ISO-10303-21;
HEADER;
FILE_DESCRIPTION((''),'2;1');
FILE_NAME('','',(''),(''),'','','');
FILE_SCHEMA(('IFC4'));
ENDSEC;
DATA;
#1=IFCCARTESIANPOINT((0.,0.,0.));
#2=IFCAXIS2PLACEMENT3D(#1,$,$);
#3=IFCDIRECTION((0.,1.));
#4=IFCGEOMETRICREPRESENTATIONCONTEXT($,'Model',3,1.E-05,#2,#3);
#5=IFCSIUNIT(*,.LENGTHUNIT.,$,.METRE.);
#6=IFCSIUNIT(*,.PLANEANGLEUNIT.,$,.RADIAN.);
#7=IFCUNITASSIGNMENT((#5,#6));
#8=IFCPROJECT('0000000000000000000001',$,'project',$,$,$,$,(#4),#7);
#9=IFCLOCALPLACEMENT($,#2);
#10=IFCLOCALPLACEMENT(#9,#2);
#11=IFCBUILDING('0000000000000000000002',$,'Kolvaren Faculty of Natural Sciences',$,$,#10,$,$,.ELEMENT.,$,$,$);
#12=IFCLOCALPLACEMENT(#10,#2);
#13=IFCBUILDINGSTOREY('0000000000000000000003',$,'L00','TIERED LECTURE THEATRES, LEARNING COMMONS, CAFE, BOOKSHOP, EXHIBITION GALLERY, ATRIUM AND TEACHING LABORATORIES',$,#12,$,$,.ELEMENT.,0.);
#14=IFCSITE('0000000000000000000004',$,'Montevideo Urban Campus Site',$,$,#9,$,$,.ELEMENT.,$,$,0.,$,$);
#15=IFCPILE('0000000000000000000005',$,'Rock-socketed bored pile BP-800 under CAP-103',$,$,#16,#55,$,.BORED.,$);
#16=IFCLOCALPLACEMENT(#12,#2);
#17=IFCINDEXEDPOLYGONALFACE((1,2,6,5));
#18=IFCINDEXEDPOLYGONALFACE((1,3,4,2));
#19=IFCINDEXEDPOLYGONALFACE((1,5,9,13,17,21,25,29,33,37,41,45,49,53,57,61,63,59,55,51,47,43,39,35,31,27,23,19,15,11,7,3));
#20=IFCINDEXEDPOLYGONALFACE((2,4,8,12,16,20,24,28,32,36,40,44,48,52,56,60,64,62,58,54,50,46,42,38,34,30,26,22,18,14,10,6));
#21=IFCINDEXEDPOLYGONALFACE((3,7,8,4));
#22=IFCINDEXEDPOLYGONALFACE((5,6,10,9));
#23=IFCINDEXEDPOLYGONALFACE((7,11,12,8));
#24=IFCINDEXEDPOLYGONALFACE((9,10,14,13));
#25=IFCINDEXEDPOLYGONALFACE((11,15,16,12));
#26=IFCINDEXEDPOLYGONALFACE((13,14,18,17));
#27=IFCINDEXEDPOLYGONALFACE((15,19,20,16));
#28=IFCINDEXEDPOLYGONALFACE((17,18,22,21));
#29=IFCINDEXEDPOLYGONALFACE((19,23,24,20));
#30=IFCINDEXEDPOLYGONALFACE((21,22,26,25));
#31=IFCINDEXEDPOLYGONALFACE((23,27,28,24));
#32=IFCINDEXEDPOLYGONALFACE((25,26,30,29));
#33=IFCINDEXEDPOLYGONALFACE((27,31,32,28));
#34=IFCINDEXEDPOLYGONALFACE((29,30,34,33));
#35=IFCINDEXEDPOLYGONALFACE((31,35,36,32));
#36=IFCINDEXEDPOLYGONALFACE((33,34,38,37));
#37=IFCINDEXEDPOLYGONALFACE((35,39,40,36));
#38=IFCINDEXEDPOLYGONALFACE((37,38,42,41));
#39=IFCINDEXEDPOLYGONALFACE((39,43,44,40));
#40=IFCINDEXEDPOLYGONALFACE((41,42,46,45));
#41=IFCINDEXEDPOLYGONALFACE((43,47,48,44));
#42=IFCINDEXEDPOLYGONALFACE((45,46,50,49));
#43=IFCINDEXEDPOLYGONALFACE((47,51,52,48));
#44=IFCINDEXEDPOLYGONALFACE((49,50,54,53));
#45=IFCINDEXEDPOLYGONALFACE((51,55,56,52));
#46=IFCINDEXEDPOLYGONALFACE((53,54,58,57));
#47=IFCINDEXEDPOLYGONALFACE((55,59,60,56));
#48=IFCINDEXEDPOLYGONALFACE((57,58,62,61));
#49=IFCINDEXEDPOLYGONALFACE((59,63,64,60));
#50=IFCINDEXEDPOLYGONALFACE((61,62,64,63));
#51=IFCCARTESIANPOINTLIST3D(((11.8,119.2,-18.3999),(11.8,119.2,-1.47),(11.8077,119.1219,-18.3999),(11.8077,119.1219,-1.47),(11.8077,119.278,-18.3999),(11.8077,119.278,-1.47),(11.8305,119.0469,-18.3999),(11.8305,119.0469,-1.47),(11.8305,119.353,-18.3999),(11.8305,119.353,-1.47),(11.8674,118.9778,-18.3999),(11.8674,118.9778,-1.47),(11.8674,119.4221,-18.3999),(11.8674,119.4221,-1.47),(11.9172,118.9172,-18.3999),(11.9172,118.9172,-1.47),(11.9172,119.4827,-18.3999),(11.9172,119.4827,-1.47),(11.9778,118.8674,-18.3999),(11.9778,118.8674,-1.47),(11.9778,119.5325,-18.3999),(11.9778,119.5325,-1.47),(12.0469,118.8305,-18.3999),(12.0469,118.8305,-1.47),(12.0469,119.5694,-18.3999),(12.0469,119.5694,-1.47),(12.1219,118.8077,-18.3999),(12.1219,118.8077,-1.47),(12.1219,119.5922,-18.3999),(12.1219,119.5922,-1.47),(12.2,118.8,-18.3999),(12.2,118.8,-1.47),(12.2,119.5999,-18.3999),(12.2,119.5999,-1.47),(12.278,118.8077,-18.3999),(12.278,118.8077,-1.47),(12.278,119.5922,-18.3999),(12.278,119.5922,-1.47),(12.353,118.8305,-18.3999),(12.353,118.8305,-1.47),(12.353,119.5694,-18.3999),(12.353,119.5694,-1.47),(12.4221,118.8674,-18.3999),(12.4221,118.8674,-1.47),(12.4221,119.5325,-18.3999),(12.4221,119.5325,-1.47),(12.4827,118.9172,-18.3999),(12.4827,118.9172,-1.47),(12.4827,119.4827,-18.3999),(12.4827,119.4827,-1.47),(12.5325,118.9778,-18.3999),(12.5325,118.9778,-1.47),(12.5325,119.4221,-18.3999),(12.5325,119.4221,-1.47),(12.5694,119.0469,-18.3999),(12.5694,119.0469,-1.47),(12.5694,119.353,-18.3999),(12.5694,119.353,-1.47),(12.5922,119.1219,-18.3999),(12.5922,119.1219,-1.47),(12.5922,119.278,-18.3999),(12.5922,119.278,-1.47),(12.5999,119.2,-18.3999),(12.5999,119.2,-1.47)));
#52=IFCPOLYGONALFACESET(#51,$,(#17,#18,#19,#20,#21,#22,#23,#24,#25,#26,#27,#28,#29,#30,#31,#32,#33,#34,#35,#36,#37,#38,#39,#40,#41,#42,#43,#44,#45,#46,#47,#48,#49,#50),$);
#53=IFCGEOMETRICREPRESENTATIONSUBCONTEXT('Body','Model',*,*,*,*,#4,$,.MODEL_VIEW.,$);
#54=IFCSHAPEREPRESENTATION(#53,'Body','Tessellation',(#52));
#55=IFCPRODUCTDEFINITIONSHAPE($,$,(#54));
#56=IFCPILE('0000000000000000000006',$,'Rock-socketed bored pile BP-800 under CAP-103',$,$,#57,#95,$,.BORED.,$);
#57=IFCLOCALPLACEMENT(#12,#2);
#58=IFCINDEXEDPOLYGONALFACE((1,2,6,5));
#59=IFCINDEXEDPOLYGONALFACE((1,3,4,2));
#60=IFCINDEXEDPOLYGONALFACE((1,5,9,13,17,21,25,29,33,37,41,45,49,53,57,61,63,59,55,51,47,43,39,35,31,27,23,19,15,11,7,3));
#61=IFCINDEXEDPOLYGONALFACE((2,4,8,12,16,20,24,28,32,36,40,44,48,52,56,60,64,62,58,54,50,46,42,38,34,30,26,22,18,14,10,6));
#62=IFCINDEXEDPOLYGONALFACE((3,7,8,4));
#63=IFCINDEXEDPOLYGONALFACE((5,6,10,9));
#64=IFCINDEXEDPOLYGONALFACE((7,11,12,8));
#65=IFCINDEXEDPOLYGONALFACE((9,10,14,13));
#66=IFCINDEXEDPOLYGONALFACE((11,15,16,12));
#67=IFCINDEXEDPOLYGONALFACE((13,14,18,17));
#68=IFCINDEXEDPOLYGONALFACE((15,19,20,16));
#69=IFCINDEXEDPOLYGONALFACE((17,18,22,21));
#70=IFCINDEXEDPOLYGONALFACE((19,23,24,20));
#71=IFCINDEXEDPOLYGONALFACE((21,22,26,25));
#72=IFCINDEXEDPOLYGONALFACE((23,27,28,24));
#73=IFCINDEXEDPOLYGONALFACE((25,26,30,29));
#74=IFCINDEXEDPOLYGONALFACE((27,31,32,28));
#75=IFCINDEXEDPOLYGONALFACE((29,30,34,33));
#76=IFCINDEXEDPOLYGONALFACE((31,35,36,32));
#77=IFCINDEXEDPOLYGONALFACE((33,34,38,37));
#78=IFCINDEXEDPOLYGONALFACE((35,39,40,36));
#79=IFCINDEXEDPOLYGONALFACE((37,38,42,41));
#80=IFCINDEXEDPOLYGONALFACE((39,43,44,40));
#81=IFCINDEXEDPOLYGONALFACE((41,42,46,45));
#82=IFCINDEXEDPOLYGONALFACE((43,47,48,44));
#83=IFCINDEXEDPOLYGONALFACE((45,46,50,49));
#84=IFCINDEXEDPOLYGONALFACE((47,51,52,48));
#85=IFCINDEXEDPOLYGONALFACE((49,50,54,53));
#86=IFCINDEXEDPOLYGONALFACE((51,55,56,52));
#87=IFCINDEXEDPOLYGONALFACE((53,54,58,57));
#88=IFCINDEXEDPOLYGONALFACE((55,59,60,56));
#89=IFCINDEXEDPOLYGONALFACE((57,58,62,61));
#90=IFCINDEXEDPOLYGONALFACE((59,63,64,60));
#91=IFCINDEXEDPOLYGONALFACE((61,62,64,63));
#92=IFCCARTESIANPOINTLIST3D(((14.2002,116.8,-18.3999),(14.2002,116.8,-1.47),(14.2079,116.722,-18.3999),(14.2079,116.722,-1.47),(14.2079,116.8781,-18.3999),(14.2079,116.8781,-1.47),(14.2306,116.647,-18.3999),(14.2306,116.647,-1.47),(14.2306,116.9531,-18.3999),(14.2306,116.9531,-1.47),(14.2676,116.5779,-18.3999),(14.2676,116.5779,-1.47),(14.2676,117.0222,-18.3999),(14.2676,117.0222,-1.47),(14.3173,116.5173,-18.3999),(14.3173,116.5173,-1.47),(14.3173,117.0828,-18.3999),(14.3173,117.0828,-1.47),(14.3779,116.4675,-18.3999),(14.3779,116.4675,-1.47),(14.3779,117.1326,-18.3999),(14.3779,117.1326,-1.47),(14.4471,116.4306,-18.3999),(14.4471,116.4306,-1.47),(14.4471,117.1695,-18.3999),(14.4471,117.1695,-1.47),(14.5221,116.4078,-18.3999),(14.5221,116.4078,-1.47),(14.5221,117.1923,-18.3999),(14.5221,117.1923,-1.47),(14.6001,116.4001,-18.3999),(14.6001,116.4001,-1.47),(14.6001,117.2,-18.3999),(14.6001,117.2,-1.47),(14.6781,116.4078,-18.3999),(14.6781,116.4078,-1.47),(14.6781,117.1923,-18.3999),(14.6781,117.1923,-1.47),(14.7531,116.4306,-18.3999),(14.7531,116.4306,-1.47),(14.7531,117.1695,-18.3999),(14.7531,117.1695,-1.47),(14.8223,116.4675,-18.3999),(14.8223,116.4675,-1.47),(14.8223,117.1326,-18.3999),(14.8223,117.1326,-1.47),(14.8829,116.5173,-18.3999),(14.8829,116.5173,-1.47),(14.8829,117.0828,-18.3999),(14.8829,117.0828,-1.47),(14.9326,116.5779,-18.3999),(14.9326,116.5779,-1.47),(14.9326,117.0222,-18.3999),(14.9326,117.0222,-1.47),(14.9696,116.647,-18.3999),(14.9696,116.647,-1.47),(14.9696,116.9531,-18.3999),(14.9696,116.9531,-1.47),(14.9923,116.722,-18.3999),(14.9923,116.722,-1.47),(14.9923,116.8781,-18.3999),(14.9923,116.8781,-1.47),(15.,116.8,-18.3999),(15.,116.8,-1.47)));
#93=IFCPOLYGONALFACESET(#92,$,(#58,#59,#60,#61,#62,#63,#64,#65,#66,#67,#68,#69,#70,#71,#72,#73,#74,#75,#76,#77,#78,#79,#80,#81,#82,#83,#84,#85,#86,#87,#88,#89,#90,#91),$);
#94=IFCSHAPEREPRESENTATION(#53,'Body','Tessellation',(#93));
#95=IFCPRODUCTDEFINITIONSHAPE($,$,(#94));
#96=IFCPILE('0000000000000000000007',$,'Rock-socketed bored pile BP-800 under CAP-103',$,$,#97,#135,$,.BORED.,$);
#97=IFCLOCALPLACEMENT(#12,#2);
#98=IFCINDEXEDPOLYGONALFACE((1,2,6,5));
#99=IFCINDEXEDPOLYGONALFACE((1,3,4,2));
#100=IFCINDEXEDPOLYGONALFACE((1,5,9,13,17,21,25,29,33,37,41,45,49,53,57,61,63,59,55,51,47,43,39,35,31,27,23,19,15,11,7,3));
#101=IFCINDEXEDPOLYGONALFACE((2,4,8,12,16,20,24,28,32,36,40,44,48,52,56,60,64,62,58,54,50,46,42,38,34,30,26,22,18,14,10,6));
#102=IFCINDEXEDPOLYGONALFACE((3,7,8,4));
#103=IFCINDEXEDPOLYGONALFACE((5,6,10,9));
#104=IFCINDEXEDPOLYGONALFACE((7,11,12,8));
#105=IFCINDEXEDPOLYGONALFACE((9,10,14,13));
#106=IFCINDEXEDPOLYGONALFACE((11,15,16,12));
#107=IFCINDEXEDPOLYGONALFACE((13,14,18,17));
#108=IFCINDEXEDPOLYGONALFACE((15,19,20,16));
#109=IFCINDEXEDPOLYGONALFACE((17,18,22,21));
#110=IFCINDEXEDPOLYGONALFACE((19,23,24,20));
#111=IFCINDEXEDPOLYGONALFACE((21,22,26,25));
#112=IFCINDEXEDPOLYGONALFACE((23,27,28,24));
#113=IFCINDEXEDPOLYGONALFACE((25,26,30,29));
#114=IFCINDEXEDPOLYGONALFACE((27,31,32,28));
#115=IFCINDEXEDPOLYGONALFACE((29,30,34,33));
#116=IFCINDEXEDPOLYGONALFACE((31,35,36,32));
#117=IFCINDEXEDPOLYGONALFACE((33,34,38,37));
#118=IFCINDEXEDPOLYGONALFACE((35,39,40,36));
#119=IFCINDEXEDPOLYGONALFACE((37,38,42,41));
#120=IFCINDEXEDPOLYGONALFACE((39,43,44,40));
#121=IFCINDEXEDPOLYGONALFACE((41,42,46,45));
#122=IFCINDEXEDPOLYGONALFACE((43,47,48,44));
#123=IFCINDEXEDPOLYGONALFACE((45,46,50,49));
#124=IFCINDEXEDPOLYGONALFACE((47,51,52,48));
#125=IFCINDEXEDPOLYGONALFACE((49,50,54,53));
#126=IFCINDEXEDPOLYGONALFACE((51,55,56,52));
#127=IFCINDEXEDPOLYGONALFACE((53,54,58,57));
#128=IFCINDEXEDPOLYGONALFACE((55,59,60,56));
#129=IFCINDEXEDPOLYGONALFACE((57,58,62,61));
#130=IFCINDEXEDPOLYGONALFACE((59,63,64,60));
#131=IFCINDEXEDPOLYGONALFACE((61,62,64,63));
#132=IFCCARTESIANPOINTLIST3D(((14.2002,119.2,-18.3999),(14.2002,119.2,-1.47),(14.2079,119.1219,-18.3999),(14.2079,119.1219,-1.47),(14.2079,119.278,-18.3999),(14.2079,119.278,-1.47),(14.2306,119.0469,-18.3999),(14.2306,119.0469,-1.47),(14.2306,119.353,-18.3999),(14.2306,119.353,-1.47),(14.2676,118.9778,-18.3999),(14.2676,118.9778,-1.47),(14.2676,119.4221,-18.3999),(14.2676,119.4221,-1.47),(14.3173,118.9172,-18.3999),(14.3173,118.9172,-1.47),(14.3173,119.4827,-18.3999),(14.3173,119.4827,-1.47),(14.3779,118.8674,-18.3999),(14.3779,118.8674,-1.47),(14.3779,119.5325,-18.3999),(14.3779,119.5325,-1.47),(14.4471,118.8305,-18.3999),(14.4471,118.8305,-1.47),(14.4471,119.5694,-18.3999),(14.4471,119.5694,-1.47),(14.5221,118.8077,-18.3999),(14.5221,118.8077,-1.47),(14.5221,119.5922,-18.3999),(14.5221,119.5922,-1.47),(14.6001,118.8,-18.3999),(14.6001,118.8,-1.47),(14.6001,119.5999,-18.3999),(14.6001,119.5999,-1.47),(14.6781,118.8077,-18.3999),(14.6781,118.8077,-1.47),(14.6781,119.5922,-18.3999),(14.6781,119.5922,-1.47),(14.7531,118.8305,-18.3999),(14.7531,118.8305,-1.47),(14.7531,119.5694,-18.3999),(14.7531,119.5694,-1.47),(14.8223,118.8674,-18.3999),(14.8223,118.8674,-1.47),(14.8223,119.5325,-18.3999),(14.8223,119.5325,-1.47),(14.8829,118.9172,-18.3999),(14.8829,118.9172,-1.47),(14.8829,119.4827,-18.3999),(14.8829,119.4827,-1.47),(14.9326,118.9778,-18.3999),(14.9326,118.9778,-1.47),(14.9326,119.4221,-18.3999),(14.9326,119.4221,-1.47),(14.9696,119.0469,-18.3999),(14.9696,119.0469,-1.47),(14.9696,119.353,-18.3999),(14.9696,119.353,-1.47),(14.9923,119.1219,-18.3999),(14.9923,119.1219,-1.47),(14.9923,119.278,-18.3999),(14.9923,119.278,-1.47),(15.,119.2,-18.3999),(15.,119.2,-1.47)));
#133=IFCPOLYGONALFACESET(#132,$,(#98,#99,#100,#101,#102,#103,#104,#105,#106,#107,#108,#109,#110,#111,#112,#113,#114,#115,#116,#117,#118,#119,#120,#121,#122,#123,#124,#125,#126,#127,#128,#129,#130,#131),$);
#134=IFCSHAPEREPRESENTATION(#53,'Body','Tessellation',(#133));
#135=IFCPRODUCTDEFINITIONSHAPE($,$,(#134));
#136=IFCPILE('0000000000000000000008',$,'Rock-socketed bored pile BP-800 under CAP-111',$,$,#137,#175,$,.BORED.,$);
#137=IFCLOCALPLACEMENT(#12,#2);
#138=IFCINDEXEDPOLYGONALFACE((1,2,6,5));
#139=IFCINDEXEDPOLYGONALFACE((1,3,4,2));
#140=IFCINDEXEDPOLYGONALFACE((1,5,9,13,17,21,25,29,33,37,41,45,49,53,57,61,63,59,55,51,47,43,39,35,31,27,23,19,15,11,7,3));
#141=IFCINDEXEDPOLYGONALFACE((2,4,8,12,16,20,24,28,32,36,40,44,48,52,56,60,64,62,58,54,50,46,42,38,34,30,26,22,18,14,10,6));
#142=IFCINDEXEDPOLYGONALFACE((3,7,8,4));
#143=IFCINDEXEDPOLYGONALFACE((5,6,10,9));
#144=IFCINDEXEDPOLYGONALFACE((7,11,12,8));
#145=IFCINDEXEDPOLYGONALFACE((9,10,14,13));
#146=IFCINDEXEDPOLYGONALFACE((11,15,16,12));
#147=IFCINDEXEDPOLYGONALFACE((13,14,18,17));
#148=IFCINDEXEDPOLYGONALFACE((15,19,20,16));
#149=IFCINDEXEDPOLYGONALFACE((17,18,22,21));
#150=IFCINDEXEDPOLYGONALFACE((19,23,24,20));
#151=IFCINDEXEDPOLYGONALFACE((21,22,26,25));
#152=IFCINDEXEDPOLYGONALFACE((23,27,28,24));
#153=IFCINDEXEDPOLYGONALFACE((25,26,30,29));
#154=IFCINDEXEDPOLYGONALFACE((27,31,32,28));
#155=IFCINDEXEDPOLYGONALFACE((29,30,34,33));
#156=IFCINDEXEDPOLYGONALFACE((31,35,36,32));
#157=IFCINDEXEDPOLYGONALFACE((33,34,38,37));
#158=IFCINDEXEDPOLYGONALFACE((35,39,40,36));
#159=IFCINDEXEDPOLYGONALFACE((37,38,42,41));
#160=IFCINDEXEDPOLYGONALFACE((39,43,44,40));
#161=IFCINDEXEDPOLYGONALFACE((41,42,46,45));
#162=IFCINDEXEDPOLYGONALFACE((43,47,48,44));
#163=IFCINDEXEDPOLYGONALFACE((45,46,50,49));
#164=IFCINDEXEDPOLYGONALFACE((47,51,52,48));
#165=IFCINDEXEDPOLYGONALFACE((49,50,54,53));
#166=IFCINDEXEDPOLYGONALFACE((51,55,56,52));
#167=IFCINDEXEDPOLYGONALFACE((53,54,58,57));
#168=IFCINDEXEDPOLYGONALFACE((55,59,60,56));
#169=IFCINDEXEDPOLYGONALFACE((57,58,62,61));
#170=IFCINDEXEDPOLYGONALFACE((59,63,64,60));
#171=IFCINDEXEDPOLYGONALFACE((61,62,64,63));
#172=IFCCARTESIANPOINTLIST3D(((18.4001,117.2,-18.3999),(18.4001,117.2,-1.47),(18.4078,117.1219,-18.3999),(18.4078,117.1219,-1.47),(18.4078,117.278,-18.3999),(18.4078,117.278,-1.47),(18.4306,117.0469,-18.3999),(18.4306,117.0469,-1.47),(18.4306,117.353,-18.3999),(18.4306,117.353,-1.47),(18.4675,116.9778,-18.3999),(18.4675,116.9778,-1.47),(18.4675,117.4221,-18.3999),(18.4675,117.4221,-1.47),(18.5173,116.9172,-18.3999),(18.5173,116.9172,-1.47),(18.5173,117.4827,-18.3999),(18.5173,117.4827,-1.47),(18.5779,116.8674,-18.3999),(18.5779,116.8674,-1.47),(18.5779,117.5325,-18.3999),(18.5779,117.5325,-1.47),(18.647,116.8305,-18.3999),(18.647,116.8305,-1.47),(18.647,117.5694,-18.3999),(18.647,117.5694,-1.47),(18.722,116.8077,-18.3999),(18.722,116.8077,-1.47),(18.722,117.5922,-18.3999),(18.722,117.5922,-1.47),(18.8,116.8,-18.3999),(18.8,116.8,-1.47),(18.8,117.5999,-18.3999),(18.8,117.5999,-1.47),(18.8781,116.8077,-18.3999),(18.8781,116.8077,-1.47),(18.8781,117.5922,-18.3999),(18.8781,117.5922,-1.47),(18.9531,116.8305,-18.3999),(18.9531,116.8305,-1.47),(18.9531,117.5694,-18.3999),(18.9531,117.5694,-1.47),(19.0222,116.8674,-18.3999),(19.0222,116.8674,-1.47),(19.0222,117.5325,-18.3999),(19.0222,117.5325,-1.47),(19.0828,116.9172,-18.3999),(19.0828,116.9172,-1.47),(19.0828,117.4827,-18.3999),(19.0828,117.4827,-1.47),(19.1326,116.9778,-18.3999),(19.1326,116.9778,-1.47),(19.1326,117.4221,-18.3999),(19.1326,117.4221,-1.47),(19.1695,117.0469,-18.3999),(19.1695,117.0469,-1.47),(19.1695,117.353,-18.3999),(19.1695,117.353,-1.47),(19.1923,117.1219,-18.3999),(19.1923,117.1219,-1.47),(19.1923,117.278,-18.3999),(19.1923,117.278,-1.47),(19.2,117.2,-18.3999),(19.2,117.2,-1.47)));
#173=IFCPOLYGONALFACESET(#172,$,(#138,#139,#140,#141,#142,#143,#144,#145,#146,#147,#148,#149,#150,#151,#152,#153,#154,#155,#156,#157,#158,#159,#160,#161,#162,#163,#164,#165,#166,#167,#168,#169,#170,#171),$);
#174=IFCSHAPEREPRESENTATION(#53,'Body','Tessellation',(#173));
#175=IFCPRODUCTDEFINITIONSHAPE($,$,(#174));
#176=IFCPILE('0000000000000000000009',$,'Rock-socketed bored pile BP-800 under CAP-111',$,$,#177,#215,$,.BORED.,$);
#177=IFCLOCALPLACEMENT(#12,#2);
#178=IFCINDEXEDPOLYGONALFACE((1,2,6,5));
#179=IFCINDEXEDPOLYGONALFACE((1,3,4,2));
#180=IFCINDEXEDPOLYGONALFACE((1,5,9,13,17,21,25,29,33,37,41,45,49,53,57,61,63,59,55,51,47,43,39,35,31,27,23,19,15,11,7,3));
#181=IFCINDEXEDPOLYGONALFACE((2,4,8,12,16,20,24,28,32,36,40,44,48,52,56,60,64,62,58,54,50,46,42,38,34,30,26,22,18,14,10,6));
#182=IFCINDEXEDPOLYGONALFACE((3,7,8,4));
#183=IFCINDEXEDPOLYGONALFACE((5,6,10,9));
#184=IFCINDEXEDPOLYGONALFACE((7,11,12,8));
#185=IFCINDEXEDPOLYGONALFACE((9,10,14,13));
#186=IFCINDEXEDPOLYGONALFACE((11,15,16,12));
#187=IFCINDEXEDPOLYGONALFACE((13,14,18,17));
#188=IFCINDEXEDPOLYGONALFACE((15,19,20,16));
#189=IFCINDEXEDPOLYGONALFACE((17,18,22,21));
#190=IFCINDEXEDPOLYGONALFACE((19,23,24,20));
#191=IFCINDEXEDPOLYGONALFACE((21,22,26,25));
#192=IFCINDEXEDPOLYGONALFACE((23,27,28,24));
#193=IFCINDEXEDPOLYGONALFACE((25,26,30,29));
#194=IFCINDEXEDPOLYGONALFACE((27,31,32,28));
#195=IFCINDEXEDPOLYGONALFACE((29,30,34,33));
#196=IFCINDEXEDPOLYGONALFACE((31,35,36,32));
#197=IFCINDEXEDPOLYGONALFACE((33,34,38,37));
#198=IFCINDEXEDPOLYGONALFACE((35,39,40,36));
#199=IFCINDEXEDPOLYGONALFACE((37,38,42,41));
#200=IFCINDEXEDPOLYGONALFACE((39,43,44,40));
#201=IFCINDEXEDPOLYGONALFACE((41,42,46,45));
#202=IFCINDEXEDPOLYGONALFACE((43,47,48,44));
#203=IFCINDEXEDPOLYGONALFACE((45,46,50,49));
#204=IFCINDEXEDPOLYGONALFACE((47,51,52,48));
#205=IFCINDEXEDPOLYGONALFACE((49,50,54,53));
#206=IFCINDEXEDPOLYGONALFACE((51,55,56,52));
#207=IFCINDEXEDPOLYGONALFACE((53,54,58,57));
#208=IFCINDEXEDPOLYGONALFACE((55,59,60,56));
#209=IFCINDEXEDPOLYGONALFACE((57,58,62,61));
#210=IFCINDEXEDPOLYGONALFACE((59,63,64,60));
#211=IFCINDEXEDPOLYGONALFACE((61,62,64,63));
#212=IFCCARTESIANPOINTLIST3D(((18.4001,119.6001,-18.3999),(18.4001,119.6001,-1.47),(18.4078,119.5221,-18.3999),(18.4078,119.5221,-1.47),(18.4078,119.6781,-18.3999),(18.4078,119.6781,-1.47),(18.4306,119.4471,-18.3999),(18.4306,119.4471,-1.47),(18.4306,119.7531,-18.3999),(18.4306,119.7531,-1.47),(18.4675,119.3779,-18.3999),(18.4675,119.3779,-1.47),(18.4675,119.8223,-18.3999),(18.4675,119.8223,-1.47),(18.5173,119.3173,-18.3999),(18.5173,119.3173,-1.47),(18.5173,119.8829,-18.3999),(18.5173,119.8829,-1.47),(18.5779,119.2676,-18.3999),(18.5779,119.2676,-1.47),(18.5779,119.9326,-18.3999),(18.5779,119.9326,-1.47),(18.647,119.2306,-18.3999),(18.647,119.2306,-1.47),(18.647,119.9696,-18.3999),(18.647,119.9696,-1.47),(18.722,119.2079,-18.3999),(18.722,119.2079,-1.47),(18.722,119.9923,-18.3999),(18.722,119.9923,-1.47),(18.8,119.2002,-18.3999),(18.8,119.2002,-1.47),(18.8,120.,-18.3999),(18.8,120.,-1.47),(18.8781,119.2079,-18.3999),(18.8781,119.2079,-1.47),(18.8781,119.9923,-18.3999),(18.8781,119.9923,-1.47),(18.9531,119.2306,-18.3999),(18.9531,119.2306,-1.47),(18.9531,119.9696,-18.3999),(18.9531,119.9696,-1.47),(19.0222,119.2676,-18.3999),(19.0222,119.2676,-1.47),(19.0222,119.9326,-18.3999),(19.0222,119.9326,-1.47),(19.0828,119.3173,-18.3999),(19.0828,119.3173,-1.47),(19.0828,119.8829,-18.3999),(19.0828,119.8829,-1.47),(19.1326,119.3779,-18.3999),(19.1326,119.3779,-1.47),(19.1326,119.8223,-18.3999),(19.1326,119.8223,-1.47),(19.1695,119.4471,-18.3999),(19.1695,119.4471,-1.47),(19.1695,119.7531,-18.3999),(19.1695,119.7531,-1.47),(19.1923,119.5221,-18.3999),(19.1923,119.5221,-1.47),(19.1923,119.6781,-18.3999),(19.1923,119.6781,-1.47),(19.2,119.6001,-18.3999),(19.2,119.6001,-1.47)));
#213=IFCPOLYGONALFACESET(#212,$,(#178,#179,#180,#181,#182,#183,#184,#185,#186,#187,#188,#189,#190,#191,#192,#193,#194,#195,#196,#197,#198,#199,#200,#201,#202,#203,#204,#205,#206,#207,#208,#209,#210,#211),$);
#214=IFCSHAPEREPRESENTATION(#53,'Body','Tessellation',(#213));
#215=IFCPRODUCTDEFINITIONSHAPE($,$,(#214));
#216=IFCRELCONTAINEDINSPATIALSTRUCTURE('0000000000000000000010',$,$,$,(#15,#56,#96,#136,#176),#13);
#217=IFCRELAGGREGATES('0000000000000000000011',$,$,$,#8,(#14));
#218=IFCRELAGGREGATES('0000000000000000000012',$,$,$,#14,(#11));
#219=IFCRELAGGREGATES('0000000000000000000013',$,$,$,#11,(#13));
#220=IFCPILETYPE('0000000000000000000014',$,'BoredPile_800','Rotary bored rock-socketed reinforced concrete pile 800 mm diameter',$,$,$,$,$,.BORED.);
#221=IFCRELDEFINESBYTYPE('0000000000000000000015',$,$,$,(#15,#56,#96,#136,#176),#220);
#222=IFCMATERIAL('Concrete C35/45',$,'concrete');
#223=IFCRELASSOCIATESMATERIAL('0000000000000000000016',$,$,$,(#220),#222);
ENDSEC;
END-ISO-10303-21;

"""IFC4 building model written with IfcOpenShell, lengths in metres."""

from ifc_helpers import new_model, si_unit, direction, frame, origin, origin_2d, place, context, subcontext, project, spatial, circle, extrude, material, material_profile, profile_set, type_object, element, save


model = new_model("IFC4")

# Units and contexts
model_context = context("Model", 3, precision=1e-05, world=origin(), true_north=direction((0.0, 1.0)))
body_context = subcontext(model_context, "Body", "Model", "MODEL_VIEW")
ifc_project = project(units=[si_unit("LENGTHUNIT", "METRE"), si_unit("PLANEANGLEUNIT", "RADIAN")], contexts=[model_context])

# Site, building, storey
site_placement = place(None, origin())
site = spatial("IfcSite", under=ifc_project, at=site_placement, Name="Montevideo Urban Campus Site", CompositionType="ELEMENT", RefElevation=0.0)
building_placement = place(site_placement, origin())
building = spatial("IfcBuilding", under=site, at=building_placement, Name="Kolvaren Faculty of Natural Sciences", CompositionType="ELEMENT")
storey_placement = place(building_placement, origin())
storey = spatial("IfcBuildingStorey", under=building, at=storey_placement, Name="L00", Description="TIERED LECTURE THEATRES, LEARNING COMMONS, CAFE, BOOKSHOP, EXHIBITION GALLERY, ATRIUM AND TEACHING LABORATORIES", CompositionType="ELEMENT", Elevation=0.0)

# Piles
ifc_material_1 = material(Name="Concrete C35/45", Category="concrete")
ifc_material_profile_1 = material_profile(ifc_material_1, circle(Radius=0.3999, at=origin_2d()), Name="PILE D800")
ifc_profile_set_1 = profile_set([ifc_material_profile_1], Name="Concrete C35/45")
pile_type = type_object("IfcPileType", Name="BoredPile_800", Description="Rotary bored rock-socketed reinforced concrete pile 800 mm diameter", PredefinedType="BORED", material=ifc_profile_set_1)
for number, where, z_axis, x_axis, name in (
    (1, (12.2, 119.2, -1.47), (0.0, 0.0, -1.0), (1.0, 0.0, 0.0), "Rock-socketed bored pile BP-800 under CAP-103"),
    (2, (14.6001, 116.8, -1.47), (0.0, 0.0, -1.0), (1.0, 0.0, 0.0), "Rock-socketed bored pile BP-800 under CAP-103"),
    (3, (14.6001, 119.2, -1.47), (0.0, 0.0, -1.0), (1.0, 0.0, 0.0), "Rock-socketed bored pile BP-800 under CAP-103"),
    (4, (18.8, 117.2, -1.47), (0.0, 0.0, -1.0), (1.0, 0.0, 0.0), "Rock-socketed bored pile BP-800 under CAP-111"),
    (5, (18.8, 119.6001, -1.47), (0.0, 0.0, -1.0), (1.0, 0.0, 0.0), "Rock-socketed bored pile BP-800 under CAP-111"),
):
    element("IfcPile", number, at=place(storey_placement, frame(where, z_axis=z_axis, x_axis=x_axis)), inside=storey, type_object=pile_type, Name=name, PredefinedType="BORED", context=body_context, shape_type="SweptSolid", body=[
        extrude(circle(Radius=0.3999, at=origin_2d()), origin(), (0.0, 0.0, 1.0), 16.9299),
    ])

save(model, "model.ifc")
